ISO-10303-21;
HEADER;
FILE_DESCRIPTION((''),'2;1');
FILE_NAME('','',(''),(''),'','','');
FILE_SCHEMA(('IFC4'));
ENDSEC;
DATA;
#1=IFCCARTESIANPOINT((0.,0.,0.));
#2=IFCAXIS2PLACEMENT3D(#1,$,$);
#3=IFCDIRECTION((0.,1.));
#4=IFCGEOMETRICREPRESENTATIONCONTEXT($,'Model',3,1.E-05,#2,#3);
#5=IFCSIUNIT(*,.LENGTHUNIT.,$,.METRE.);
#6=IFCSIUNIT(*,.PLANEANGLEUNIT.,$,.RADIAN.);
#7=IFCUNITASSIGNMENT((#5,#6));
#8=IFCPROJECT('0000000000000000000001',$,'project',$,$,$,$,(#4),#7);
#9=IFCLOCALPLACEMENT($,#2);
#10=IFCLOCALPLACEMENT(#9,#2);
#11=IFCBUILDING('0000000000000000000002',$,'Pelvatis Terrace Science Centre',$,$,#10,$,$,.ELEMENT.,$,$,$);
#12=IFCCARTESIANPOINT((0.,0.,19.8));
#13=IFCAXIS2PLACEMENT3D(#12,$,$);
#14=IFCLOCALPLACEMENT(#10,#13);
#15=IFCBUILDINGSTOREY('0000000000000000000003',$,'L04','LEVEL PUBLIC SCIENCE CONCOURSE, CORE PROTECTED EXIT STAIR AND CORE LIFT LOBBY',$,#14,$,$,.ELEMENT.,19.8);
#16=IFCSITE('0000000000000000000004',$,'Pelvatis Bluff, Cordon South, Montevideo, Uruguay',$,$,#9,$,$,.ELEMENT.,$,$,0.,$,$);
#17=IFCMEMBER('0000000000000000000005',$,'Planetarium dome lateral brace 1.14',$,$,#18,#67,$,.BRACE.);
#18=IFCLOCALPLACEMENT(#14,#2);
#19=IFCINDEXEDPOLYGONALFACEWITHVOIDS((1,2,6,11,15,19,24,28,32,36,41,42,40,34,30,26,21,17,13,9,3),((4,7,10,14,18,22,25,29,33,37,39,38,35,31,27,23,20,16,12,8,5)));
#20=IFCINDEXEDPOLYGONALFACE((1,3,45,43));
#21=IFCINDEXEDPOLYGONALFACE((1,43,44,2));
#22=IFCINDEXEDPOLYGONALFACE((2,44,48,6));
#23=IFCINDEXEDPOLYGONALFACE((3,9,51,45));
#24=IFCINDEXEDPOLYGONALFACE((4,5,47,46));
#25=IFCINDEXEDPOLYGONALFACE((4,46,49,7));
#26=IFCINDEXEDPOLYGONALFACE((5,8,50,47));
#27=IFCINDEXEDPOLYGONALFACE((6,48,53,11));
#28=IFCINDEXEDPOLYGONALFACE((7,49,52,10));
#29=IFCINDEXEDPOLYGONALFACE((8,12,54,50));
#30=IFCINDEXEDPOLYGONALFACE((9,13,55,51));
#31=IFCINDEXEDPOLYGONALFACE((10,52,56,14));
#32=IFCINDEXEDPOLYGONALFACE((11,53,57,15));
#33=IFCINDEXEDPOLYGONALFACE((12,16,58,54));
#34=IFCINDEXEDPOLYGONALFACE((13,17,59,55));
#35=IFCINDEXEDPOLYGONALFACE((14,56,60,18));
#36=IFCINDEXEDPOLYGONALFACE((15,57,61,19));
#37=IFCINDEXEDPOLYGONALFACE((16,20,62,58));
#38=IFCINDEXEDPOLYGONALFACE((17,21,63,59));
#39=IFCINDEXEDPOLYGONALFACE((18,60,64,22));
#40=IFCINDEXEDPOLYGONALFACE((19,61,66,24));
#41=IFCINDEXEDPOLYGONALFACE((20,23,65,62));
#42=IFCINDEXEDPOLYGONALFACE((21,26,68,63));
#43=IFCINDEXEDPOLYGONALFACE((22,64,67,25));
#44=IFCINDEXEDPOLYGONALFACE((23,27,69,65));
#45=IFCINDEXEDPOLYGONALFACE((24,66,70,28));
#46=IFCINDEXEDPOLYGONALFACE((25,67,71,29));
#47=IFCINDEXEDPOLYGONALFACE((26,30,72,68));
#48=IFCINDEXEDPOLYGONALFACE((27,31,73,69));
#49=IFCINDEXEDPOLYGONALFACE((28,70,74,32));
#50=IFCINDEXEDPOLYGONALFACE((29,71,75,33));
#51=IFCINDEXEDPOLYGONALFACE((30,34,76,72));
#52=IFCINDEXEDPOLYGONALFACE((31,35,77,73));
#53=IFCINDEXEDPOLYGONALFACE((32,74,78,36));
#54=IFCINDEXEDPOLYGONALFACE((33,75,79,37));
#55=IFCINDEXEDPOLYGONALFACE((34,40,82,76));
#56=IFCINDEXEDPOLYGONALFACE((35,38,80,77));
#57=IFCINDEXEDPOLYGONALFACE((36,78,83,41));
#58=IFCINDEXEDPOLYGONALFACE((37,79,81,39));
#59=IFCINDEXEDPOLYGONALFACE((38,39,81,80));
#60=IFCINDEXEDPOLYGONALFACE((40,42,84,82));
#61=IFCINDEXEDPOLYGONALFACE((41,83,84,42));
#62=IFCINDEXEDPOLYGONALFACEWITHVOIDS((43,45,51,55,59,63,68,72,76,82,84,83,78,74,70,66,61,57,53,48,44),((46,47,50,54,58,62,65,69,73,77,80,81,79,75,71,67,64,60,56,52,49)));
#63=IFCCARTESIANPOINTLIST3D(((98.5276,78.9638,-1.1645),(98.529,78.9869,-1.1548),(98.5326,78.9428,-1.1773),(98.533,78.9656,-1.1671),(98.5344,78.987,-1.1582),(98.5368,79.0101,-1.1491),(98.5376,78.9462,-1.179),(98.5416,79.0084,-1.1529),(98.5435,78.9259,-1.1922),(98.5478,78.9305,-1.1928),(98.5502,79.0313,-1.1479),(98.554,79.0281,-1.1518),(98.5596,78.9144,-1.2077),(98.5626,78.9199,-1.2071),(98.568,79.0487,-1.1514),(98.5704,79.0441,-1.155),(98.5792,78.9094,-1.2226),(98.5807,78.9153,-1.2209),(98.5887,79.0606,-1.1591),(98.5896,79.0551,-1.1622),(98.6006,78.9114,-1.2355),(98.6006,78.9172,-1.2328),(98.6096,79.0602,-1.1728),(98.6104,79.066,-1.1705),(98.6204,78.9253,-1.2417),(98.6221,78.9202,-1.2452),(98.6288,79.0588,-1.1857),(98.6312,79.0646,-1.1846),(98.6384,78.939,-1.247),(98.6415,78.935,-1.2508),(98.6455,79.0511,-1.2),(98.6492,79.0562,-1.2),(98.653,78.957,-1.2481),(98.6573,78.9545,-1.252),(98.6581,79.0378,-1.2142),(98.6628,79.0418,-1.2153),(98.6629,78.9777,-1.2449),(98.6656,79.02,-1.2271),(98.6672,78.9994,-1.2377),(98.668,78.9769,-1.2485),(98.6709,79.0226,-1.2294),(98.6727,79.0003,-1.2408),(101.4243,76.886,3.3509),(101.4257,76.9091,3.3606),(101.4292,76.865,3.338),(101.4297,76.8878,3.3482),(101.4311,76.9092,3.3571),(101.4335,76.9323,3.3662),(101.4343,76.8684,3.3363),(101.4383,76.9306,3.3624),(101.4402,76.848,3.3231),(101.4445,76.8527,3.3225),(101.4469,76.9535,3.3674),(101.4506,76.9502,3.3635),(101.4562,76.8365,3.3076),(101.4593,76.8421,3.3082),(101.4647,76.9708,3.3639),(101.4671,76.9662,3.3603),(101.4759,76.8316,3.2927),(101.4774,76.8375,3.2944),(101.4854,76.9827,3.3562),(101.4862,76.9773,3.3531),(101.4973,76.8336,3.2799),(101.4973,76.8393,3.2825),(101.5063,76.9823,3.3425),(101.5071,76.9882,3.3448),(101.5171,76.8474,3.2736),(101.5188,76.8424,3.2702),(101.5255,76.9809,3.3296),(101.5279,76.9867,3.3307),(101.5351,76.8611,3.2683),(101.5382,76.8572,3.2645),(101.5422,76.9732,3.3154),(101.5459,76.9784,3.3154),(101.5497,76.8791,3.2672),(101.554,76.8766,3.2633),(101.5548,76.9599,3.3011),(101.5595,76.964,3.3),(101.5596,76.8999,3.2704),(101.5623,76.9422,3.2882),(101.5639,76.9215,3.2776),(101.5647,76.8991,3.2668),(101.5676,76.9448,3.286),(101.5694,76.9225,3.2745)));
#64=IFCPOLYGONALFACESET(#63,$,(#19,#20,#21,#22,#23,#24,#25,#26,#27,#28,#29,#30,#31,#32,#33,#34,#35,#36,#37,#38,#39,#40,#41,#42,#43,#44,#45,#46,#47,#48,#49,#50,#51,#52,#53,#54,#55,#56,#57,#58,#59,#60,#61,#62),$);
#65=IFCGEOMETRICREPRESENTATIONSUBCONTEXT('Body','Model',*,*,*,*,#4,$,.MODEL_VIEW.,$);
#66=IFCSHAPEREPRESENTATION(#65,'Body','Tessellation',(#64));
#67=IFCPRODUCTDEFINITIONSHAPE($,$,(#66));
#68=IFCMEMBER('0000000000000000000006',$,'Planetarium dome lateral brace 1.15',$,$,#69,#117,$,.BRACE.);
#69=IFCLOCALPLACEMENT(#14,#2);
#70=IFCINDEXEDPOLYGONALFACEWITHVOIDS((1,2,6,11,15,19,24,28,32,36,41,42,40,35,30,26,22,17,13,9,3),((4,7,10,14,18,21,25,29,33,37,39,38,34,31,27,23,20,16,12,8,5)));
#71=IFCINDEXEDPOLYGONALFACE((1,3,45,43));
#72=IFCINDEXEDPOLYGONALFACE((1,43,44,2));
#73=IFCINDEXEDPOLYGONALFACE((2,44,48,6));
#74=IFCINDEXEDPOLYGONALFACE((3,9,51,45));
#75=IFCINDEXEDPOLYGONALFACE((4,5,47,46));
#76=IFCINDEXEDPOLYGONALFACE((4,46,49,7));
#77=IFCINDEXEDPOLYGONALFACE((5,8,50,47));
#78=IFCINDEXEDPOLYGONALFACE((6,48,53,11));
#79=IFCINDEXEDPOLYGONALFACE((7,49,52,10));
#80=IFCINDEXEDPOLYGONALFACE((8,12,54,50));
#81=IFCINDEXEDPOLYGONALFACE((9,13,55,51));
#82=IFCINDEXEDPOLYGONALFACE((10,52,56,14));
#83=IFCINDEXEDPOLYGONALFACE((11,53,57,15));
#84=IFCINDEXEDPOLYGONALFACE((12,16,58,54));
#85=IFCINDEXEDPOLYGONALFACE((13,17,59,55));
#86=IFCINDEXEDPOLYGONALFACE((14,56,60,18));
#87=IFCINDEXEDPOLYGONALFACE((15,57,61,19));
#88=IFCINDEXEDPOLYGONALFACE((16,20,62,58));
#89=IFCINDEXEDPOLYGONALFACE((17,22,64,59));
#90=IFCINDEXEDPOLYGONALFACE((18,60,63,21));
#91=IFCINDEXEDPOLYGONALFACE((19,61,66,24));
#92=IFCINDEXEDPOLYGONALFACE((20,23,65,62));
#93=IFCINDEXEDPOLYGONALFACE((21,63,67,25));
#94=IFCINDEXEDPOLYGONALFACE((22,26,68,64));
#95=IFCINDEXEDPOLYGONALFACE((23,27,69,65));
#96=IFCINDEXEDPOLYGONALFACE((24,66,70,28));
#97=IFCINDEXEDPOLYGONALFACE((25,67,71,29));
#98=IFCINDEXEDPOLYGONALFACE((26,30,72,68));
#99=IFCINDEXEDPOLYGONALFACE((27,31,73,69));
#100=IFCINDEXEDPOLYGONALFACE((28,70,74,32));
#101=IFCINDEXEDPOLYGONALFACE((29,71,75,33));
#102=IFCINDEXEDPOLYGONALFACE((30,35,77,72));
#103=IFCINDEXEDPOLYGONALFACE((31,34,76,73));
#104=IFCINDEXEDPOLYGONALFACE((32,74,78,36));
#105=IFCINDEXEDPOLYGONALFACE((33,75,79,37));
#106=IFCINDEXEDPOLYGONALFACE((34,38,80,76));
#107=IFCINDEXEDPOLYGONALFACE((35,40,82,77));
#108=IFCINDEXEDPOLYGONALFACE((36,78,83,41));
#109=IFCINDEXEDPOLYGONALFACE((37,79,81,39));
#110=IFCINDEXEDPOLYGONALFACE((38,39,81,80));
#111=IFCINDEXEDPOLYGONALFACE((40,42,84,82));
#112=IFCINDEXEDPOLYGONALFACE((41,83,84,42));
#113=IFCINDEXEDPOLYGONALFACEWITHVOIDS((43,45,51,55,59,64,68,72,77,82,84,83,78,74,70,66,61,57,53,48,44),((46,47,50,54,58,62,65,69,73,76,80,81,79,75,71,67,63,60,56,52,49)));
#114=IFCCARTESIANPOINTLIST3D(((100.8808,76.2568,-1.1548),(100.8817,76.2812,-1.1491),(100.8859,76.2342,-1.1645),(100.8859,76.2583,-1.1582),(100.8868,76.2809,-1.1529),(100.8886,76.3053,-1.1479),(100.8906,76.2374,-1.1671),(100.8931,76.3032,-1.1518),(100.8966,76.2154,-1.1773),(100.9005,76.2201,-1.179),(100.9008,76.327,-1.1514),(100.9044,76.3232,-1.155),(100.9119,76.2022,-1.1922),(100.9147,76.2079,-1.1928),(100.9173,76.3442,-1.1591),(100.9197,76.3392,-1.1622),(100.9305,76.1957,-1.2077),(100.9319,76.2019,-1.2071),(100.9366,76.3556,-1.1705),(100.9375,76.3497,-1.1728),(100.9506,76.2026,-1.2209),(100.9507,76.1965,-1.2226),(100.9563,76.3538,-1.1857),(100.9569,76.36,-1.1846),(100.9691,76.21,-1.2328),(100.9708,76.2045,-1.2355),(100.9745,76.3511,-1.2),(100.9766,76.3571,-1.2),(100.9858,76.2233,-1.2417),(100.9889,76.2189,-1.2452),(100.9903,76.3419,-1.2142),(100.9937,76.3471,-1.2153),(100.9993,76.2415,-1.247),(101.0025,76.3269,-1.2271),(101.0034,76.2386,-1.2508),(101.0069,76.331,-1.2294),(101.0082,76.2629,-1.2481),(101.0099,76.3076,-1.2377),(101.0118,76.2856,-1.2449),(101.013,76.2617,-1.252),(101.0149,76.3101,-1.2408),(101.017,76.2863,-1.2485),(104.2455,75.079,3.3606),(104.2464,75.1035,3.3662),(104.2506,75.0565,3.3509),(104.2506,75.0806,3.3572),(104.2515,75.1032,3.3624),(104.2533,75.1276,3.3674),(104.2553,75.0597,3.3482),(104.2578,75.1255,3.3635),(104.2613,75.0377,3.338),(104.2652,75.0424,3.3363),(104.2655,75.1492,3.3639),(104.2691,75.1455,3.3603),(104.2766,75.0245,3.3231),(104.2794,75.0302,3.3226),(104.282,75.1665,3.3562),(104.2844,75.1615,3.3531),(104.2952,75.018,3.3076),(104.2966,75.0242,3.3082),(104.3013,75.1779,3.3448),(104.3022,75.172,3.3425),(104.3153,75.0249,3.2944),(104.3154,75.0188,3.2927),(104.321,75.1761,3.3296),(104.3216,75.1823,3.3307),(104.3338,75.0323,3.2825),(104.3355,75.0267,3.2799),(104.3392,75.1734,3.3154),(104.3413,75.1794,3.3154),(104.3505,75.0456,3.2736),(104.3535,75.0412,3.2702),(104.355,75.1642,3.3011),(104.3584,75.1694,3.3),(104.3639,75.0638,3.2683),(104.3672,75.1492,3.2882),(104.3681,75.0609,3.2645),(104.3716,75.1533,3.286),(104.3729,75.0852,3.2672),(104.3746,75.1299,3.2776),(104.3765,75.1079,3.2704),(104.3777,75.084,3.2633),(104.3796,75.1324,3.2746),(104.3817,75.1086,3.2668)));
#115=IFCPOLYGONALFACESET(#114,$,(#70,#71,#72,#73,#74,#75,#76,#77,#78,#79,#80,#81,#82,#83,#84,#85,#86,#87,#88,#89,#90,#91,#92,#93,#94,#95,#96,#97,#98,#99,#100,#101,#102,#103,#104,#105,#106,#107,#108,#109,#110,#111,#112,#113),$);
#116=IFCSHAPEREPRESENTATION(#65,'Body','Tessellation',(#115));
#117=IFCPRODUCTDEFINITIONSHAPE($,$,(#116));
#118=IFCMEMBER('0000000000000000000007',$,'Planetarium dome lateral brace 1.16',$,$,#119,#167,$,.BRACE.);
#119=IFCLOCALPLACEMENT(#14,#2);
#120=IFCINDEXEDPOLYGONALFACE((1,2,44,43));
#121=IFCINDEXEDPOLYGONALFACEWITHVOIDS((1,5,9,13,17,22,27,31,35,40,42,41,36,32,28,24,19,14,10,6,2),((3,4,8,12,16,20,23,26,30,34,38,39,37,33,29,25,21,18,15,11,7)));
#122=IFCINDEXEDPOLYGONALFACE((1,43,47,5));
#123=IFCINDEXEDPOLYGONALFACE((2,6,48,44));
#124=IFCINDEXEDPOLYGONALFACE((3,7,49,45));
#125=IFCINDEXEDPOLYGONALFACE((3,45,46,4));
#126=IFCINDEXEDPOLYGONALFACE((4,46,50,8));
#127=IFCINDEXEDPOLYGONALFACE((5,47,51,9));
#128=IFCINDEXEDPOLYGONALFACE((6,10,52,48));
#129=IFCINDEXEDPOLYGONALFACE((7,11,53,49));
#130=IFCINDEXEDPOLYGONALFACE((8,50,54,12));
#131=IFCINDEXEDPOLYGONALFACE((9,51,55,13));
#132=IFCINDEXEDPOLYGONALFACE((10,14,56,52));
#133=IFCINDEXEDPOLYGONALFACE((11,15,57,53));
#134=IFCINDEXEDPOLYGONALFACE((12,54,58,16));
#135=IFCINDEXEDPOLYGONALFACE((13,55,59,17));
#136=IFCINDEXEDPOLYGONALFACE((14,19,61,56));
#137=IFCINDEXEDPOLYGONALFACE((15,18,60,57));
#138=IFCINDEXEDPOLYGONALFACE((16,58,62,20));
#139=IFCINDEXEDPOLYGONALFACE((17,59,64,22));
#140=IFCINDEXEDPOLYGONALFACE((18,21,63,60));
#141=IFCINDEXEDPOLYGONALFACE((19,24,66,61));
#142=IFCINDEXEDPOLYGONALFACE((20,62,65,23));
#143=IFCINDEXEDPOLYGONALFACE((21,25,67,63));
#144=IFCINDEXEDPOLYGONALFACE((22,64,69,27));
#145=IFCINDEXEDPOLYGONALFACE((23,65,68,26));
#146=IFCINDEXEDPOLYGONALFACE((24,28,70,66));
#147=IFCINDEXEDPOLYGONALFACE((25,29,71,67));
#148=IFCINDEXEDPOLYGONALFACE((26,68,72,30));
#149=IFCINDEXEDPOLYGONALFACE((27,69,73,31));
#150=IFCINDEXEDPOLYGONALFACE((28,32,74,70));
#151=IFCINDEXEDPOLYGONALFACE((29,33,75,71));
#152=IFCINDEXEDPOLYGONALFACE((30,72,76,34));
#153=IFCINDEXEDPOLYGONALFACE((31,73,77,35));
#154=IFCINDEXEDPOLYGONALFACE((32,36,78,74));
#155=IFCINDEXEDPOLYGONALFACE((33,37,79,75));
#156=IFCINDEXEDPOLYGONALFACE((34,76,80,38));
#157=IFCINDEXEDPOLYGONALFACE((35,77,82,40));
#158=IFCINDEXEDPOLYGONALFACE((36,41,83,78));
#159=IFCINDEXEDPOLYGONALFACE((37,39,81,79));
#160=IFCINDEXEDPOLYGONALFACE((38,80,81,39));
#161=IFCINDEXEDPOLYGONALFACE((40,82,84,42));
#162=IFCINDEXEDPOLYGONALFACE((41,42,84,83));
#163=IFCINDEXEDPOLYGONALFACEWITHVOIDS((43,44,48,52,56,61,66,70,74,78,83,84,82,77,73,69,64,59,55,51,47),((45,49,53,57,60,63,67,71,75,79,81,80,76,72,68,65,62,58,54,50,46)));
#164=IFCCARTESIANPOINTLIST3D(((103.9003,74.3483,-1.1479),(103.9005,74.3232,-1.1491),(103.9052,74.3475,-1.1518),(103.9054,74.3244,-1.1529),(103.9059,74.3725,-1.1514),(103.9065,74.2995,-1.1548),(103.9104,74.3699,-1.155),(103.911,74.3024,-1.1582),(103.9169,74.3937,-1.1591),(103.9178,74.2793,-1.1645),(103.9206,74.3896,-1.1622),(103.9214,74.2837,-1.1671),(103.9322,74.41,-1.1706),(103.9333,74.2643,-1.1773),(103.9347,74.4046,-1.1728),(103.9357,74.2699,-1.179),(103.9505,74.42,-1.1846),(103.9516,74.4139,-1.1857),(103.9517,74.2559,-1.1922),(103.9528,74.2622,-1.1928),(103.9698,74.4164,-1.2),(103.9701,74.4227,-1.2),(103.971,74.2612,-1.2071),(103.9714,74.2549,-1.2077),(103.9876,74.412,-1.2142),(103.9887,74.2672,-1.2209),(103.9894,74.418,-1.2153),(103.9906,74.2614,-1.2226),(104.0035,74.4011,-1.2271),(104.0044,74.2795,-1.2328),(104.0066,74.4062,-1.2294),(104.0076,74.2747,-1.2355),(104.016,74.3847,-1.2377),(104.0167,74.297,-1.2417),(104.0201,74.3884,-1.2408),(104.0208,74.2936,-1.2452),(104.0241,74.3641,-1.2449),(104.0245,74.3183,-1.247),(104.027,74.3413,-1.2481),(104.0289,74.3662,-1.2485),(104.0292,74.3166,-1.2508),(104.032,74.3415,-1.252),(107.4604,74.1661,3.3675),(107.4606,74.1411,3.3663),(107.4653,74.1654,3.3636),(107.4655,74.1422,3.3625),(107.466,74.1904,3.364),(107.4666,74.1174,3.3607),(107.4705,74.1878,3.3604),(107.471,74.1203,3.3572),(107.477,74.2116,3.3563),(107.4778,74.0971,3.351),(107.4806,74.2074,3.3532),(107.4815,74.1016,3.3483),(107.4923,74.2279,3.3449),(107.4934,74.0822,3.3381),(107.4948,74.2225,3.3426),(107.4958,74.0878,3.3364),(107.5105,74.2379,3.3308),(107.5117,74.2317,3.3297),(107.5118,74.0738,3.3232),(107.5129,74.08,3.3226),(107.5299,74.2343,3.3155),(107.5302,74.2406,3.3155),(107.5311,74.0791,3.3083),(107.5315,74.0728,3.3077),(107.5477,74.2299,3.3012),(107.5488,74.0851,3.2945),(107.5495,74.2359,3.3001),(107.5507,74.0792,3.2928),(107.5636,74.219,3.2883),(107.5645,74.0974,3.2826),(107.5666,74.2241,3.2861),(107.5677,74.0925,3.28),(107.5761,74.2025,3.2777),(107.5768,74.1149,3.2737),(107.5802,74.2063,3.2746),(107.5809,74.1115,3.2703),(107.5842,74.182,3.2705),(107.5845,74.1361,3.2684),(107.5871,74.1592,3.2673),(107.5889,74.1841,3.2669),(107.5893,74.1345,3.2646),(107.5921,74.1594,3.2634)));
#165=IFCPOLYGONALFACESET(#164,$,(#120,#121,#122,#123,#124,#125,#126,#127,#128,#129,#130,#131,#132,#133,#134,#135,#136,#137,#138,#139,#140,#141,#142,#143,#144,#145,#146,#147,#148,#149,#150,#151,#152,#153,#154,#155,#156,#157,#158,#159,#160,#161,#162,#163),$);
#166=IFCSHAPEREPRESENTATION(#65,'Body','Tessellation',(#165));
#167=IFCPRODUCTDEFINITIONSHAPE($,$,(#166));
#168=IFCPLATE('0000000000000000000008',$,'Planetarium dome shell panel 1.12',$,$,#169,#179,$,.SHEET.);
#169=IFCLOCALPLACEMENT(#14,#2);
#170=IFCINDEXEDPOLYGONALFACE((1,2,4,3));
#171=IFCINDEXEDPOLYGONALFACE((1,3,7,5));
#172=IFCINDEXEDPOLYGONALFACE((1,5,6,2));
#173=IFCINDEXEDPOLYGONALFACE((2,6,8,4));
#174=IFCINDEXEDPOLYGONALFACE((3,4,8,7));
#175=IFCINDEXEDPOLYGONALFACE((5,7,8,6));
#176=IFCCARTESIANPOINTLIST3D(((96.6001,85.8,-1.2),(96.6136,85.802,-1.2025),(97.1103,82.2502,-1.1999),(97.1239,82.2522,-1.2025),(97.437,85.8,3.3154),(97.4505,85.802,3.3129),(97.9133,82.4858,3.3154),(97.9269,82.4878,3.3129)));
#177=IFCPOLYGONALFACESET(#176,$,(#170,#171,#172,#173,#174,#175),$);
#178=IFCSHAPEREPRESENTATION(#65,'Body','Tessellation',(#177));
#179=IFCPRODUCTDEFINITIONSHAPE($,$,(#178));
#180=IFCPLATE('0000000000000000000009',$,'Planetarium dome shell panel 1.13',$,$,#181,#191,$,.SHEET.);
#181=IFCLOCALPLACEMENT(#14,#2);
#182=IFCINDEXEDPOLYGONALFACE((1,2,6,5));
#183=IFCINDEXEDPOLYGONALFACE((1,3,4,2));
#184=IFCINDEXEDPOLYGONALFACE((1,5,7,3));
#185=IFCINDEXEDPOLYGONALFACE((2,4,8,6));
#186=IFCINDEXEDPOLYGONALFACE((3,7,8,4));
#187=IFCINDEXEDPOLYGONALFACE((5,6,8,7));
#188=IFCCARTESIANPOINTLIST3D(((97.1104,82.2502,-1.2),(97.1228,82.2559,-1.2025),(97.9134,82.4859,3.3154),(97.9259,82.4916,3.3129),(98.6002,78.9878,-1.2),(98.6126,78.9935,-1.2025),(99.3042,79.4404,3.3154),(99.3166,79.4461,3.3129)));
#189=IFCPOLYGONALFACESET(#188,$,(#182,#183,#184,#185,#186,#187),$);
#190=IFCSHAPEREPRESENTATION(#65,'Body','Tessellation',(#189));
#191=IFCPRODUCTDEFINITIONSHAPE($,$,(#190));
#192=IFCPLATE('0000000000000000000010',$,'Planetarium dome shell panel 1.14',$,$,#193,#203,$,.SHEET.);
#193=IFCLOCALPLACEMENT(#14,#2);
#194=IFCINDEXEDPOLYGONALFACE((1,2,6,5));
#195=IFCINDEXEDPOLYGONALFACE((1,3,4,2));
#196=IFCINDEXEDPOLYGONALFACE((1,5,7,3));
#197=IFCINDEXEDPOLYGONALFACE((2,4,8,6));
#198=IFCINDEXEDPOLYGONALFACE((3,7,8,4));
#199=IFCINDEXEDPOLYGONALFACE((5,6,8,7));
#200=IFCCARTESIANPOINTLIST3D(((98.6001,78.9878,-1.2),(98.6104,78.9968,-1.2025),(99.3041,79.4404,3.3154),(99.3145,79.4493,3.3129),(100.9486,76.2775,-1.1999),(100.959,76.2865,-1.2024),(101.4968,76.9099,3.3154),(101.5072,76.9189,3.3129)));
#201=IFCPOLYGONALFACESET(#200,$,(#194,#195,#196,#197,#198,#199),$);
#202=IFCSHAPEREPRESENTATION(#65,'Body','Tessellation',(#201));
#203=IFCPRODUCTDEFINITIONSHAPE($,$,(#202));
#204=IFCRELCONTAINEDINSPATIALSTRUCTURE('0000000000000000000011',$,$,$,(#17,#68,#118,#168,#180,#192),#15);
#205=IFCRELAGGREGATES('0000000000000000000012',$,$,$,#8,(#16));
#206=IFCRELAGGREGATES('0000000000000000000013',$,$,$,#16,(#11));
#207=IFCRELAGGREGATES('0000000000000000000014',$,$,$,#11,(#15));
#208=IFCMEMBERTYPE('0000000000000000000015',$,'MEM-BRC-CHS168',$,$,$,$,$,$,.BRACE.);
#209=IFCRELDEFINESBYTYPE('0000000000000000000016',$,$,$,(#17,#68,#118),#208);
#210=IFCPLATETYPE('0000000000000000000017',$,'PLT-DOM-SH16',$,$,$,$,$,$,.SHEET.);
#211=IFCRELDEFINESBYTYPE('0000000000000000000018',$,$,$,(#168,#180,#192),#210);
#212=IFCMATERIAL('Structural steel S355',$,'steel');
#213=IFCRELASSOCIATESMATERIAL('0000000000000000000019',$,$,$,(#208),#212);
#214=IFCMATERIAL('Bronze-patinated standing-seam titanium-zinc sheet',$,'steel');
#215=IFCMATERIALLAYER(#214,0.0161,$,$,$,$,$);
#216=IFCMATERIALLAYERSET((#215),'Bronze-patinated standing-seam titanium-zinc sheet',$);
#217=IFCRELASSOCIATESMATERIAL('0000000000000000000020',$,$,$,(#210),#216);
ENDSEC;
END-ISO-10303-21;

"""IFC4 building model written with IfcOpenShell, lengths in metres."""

from ifc_helpers import new_model, si_unit, direction, frame, origin, origin_2d, place, context, subcontext, project, spatial, polyline, hollow_circle, outline, extrude, material, layer, layer_set, material_profile, profile_set, type_object, element, save


model = new_model("IFC4")

# Units and contexts
model_context = context("Model", 3, precision=1e-05, world=origin(), true_north=direction((0.0, 1.0)))
body_context = subcontext(model_context, "Body", "Model", "MODEL_VIEW")
ifc_project = project(units=[si_unit("LENGTHUNIT", "METRE"), si_unit("PLANEANGLEUNIT", "RADIAN")], contexts=[model_context])

# Site, building, storey
site_placement = place(None, origin())
site = spatial("IfcSite", under=ifc_project, at=site_placement, Name="Pelvatis Bluff, Cordon South, Montevideo, Uruguay", CompositionType="ELEMENT", RefElevation=0.0)
building_placement = place(site_placement, origin())
building = spatial("IfcBuilding", under=site, at=building_placement, Name="Pelvatis Terrace Science Centre", CompositionType="ELEMENT")
storey_placement = place(building_placement, frame((0.0, 0.0, 19.8)))
storey = spatial("IfcBuildingStorey", under=building, at=storey_placement, Name="L04", Description="LEVEL PUBLIC SCIENCE CONCOURSE, CORE PROTECTED EXIT STAIR AND CORE LIFT LOBBY", CompositionType="ELEMENT", Elevation=19.8)

# Members
ifc_material_1 = material(Name="Structural steel S355", Category="steel")
ifc_material_profile_1 = material_profile(ifc_material_1, hollow_circle(Radius=0.0842, WallThickness=0.0063, at=origin_2d()), Name="CHS 168.3x6.3")
ifc_profile_set_1 = profile_set([ifc_material_profile_1], Name="Structural steel S355")
member_type = type_object("IfcMemberType", Name="MEM-BRC-CHS168", PredefinedType="BRACE", material=ifc_profile_set_1)
for number, where, z_axis, x_axis, name in (
    (1, (98.6001, 78.9878, -1.2), (0.503514, -0.361181, 0.784871), (0.58287, 0.812566, 0.0), "Planetarium dome lateral brace 1.14"),
    (2, (100.9487, 76.2776, -1.2), (0.584866, -0.204716, 0.784871), (0.330369, 0.943852, 0.0), "Planetarium dome lateral brace 1.15"),
    (3, (103.9658, 74.3386, -1.2), (0.618829, -0.031659, 0.784888), (0.051092, 0.998694, 0.0), "Planetarium dome lateral brace 1.16"),
):
    element("IfcMember", number, at=place(storey_placement, frame(where, z_axis=z_axis, x_axis=x_axis)), inside=storey, type_object=member_type, Name=name, PredefinedType="BRACE", context=body_context, shape_type="SweptSolid", body=[
        extrude(hollow_circle(Radius=0.0842, WallThickness=0.0063, at=origin_2d()), origin(), (0.0, 0.0, 1.0), 5.7529),
    ])

# Plates
ifc_material_2 = material(Name="Bronze-patinated standing-seam titanium-zinc sheet", Category="steel")
ifc_layer_1 = layer(ifc_material_2, 0.0161)
ifc_layer_set_1 = layer_set([ifc_layer_1], Name="Bronze-patinated standing-seam titanium-zinc sheet")
plate_type_1 = type_object("IfcPlateType", Name="PLT-DOM-SH16", PredefinedType="SHEET", material=ifc_layer_set_1)
plate_1_placement = place(storey_placement, frame((96.6001, 85.8, -1.2), z_axis=(-0.97358, -0.139934, 0.180443), x_axis=(0.142269, -0.989828, 0.000002)))
element("IfcPlate", 4, at=plate_1_placement, inside=storey, type_object=plate_type_1, Name="Planetarium dome shell panel 1.12", PredefinedType="SHEET", context=body_context, shape_type="SweptSolid", body=[
    extrude(outline(polyline([(0.0, 0.0), (3.5863, 0.0), (3.4673, 4.5907), (0.1191, 4.5907), (0.0, 0.0)])), origin(), (0.0, 0.0, -1.0), 0.0139),
])
plate_2_placement = place(storey_placement, frame((97.1104, 82.2502, -1.2), z_axis=(-0.894705, -0.408585, 0.180449), x_axis=(0.415404, -0.909637, -0.000005)))
element("IfcPlate", 5, at=plate_2_placement, inside=storey, type_object=plate_type_1, Name="Planetarium dome shell panel 1.13", PredefinedType="SHEET", context=body_context, shape_type="SweptSolid", body=[
    extrude(outline(polyline([(0.0, 0.0), (3.5865, 0.0), (3.4672, 4.5908), (0.1192, 4.5907), (0.0, 0.0)])), origin(), (0.0, 0.0, -1.0), 0.0139),
])
plate_3_placement = place(storey_placement, frame((98.6001, 78.9878, -1.2), z_axis=(-0.743332, -0.644122, 0.180455), x_axis=(0.654874, -0.755738, 0.000006)))
element("IfcPlate", 6, at=plate_3_placement, inside=storey, type_object=plate_type_1, Name="Planetarium dome shell panel 1.14", PredefinedType="SHEET", context=body_context, shape_type="SweptSolid", body=[
    extrude(outline(polyline([(0.0, 0.0), (3.5863, 0.0), (3.4674, 4.5907), (0.119, 4.5908), (0.0, 0.0)])), origin(), (0.0, 0.0, -1.0), 0.0139),
])

save(model, "model.ifc")
